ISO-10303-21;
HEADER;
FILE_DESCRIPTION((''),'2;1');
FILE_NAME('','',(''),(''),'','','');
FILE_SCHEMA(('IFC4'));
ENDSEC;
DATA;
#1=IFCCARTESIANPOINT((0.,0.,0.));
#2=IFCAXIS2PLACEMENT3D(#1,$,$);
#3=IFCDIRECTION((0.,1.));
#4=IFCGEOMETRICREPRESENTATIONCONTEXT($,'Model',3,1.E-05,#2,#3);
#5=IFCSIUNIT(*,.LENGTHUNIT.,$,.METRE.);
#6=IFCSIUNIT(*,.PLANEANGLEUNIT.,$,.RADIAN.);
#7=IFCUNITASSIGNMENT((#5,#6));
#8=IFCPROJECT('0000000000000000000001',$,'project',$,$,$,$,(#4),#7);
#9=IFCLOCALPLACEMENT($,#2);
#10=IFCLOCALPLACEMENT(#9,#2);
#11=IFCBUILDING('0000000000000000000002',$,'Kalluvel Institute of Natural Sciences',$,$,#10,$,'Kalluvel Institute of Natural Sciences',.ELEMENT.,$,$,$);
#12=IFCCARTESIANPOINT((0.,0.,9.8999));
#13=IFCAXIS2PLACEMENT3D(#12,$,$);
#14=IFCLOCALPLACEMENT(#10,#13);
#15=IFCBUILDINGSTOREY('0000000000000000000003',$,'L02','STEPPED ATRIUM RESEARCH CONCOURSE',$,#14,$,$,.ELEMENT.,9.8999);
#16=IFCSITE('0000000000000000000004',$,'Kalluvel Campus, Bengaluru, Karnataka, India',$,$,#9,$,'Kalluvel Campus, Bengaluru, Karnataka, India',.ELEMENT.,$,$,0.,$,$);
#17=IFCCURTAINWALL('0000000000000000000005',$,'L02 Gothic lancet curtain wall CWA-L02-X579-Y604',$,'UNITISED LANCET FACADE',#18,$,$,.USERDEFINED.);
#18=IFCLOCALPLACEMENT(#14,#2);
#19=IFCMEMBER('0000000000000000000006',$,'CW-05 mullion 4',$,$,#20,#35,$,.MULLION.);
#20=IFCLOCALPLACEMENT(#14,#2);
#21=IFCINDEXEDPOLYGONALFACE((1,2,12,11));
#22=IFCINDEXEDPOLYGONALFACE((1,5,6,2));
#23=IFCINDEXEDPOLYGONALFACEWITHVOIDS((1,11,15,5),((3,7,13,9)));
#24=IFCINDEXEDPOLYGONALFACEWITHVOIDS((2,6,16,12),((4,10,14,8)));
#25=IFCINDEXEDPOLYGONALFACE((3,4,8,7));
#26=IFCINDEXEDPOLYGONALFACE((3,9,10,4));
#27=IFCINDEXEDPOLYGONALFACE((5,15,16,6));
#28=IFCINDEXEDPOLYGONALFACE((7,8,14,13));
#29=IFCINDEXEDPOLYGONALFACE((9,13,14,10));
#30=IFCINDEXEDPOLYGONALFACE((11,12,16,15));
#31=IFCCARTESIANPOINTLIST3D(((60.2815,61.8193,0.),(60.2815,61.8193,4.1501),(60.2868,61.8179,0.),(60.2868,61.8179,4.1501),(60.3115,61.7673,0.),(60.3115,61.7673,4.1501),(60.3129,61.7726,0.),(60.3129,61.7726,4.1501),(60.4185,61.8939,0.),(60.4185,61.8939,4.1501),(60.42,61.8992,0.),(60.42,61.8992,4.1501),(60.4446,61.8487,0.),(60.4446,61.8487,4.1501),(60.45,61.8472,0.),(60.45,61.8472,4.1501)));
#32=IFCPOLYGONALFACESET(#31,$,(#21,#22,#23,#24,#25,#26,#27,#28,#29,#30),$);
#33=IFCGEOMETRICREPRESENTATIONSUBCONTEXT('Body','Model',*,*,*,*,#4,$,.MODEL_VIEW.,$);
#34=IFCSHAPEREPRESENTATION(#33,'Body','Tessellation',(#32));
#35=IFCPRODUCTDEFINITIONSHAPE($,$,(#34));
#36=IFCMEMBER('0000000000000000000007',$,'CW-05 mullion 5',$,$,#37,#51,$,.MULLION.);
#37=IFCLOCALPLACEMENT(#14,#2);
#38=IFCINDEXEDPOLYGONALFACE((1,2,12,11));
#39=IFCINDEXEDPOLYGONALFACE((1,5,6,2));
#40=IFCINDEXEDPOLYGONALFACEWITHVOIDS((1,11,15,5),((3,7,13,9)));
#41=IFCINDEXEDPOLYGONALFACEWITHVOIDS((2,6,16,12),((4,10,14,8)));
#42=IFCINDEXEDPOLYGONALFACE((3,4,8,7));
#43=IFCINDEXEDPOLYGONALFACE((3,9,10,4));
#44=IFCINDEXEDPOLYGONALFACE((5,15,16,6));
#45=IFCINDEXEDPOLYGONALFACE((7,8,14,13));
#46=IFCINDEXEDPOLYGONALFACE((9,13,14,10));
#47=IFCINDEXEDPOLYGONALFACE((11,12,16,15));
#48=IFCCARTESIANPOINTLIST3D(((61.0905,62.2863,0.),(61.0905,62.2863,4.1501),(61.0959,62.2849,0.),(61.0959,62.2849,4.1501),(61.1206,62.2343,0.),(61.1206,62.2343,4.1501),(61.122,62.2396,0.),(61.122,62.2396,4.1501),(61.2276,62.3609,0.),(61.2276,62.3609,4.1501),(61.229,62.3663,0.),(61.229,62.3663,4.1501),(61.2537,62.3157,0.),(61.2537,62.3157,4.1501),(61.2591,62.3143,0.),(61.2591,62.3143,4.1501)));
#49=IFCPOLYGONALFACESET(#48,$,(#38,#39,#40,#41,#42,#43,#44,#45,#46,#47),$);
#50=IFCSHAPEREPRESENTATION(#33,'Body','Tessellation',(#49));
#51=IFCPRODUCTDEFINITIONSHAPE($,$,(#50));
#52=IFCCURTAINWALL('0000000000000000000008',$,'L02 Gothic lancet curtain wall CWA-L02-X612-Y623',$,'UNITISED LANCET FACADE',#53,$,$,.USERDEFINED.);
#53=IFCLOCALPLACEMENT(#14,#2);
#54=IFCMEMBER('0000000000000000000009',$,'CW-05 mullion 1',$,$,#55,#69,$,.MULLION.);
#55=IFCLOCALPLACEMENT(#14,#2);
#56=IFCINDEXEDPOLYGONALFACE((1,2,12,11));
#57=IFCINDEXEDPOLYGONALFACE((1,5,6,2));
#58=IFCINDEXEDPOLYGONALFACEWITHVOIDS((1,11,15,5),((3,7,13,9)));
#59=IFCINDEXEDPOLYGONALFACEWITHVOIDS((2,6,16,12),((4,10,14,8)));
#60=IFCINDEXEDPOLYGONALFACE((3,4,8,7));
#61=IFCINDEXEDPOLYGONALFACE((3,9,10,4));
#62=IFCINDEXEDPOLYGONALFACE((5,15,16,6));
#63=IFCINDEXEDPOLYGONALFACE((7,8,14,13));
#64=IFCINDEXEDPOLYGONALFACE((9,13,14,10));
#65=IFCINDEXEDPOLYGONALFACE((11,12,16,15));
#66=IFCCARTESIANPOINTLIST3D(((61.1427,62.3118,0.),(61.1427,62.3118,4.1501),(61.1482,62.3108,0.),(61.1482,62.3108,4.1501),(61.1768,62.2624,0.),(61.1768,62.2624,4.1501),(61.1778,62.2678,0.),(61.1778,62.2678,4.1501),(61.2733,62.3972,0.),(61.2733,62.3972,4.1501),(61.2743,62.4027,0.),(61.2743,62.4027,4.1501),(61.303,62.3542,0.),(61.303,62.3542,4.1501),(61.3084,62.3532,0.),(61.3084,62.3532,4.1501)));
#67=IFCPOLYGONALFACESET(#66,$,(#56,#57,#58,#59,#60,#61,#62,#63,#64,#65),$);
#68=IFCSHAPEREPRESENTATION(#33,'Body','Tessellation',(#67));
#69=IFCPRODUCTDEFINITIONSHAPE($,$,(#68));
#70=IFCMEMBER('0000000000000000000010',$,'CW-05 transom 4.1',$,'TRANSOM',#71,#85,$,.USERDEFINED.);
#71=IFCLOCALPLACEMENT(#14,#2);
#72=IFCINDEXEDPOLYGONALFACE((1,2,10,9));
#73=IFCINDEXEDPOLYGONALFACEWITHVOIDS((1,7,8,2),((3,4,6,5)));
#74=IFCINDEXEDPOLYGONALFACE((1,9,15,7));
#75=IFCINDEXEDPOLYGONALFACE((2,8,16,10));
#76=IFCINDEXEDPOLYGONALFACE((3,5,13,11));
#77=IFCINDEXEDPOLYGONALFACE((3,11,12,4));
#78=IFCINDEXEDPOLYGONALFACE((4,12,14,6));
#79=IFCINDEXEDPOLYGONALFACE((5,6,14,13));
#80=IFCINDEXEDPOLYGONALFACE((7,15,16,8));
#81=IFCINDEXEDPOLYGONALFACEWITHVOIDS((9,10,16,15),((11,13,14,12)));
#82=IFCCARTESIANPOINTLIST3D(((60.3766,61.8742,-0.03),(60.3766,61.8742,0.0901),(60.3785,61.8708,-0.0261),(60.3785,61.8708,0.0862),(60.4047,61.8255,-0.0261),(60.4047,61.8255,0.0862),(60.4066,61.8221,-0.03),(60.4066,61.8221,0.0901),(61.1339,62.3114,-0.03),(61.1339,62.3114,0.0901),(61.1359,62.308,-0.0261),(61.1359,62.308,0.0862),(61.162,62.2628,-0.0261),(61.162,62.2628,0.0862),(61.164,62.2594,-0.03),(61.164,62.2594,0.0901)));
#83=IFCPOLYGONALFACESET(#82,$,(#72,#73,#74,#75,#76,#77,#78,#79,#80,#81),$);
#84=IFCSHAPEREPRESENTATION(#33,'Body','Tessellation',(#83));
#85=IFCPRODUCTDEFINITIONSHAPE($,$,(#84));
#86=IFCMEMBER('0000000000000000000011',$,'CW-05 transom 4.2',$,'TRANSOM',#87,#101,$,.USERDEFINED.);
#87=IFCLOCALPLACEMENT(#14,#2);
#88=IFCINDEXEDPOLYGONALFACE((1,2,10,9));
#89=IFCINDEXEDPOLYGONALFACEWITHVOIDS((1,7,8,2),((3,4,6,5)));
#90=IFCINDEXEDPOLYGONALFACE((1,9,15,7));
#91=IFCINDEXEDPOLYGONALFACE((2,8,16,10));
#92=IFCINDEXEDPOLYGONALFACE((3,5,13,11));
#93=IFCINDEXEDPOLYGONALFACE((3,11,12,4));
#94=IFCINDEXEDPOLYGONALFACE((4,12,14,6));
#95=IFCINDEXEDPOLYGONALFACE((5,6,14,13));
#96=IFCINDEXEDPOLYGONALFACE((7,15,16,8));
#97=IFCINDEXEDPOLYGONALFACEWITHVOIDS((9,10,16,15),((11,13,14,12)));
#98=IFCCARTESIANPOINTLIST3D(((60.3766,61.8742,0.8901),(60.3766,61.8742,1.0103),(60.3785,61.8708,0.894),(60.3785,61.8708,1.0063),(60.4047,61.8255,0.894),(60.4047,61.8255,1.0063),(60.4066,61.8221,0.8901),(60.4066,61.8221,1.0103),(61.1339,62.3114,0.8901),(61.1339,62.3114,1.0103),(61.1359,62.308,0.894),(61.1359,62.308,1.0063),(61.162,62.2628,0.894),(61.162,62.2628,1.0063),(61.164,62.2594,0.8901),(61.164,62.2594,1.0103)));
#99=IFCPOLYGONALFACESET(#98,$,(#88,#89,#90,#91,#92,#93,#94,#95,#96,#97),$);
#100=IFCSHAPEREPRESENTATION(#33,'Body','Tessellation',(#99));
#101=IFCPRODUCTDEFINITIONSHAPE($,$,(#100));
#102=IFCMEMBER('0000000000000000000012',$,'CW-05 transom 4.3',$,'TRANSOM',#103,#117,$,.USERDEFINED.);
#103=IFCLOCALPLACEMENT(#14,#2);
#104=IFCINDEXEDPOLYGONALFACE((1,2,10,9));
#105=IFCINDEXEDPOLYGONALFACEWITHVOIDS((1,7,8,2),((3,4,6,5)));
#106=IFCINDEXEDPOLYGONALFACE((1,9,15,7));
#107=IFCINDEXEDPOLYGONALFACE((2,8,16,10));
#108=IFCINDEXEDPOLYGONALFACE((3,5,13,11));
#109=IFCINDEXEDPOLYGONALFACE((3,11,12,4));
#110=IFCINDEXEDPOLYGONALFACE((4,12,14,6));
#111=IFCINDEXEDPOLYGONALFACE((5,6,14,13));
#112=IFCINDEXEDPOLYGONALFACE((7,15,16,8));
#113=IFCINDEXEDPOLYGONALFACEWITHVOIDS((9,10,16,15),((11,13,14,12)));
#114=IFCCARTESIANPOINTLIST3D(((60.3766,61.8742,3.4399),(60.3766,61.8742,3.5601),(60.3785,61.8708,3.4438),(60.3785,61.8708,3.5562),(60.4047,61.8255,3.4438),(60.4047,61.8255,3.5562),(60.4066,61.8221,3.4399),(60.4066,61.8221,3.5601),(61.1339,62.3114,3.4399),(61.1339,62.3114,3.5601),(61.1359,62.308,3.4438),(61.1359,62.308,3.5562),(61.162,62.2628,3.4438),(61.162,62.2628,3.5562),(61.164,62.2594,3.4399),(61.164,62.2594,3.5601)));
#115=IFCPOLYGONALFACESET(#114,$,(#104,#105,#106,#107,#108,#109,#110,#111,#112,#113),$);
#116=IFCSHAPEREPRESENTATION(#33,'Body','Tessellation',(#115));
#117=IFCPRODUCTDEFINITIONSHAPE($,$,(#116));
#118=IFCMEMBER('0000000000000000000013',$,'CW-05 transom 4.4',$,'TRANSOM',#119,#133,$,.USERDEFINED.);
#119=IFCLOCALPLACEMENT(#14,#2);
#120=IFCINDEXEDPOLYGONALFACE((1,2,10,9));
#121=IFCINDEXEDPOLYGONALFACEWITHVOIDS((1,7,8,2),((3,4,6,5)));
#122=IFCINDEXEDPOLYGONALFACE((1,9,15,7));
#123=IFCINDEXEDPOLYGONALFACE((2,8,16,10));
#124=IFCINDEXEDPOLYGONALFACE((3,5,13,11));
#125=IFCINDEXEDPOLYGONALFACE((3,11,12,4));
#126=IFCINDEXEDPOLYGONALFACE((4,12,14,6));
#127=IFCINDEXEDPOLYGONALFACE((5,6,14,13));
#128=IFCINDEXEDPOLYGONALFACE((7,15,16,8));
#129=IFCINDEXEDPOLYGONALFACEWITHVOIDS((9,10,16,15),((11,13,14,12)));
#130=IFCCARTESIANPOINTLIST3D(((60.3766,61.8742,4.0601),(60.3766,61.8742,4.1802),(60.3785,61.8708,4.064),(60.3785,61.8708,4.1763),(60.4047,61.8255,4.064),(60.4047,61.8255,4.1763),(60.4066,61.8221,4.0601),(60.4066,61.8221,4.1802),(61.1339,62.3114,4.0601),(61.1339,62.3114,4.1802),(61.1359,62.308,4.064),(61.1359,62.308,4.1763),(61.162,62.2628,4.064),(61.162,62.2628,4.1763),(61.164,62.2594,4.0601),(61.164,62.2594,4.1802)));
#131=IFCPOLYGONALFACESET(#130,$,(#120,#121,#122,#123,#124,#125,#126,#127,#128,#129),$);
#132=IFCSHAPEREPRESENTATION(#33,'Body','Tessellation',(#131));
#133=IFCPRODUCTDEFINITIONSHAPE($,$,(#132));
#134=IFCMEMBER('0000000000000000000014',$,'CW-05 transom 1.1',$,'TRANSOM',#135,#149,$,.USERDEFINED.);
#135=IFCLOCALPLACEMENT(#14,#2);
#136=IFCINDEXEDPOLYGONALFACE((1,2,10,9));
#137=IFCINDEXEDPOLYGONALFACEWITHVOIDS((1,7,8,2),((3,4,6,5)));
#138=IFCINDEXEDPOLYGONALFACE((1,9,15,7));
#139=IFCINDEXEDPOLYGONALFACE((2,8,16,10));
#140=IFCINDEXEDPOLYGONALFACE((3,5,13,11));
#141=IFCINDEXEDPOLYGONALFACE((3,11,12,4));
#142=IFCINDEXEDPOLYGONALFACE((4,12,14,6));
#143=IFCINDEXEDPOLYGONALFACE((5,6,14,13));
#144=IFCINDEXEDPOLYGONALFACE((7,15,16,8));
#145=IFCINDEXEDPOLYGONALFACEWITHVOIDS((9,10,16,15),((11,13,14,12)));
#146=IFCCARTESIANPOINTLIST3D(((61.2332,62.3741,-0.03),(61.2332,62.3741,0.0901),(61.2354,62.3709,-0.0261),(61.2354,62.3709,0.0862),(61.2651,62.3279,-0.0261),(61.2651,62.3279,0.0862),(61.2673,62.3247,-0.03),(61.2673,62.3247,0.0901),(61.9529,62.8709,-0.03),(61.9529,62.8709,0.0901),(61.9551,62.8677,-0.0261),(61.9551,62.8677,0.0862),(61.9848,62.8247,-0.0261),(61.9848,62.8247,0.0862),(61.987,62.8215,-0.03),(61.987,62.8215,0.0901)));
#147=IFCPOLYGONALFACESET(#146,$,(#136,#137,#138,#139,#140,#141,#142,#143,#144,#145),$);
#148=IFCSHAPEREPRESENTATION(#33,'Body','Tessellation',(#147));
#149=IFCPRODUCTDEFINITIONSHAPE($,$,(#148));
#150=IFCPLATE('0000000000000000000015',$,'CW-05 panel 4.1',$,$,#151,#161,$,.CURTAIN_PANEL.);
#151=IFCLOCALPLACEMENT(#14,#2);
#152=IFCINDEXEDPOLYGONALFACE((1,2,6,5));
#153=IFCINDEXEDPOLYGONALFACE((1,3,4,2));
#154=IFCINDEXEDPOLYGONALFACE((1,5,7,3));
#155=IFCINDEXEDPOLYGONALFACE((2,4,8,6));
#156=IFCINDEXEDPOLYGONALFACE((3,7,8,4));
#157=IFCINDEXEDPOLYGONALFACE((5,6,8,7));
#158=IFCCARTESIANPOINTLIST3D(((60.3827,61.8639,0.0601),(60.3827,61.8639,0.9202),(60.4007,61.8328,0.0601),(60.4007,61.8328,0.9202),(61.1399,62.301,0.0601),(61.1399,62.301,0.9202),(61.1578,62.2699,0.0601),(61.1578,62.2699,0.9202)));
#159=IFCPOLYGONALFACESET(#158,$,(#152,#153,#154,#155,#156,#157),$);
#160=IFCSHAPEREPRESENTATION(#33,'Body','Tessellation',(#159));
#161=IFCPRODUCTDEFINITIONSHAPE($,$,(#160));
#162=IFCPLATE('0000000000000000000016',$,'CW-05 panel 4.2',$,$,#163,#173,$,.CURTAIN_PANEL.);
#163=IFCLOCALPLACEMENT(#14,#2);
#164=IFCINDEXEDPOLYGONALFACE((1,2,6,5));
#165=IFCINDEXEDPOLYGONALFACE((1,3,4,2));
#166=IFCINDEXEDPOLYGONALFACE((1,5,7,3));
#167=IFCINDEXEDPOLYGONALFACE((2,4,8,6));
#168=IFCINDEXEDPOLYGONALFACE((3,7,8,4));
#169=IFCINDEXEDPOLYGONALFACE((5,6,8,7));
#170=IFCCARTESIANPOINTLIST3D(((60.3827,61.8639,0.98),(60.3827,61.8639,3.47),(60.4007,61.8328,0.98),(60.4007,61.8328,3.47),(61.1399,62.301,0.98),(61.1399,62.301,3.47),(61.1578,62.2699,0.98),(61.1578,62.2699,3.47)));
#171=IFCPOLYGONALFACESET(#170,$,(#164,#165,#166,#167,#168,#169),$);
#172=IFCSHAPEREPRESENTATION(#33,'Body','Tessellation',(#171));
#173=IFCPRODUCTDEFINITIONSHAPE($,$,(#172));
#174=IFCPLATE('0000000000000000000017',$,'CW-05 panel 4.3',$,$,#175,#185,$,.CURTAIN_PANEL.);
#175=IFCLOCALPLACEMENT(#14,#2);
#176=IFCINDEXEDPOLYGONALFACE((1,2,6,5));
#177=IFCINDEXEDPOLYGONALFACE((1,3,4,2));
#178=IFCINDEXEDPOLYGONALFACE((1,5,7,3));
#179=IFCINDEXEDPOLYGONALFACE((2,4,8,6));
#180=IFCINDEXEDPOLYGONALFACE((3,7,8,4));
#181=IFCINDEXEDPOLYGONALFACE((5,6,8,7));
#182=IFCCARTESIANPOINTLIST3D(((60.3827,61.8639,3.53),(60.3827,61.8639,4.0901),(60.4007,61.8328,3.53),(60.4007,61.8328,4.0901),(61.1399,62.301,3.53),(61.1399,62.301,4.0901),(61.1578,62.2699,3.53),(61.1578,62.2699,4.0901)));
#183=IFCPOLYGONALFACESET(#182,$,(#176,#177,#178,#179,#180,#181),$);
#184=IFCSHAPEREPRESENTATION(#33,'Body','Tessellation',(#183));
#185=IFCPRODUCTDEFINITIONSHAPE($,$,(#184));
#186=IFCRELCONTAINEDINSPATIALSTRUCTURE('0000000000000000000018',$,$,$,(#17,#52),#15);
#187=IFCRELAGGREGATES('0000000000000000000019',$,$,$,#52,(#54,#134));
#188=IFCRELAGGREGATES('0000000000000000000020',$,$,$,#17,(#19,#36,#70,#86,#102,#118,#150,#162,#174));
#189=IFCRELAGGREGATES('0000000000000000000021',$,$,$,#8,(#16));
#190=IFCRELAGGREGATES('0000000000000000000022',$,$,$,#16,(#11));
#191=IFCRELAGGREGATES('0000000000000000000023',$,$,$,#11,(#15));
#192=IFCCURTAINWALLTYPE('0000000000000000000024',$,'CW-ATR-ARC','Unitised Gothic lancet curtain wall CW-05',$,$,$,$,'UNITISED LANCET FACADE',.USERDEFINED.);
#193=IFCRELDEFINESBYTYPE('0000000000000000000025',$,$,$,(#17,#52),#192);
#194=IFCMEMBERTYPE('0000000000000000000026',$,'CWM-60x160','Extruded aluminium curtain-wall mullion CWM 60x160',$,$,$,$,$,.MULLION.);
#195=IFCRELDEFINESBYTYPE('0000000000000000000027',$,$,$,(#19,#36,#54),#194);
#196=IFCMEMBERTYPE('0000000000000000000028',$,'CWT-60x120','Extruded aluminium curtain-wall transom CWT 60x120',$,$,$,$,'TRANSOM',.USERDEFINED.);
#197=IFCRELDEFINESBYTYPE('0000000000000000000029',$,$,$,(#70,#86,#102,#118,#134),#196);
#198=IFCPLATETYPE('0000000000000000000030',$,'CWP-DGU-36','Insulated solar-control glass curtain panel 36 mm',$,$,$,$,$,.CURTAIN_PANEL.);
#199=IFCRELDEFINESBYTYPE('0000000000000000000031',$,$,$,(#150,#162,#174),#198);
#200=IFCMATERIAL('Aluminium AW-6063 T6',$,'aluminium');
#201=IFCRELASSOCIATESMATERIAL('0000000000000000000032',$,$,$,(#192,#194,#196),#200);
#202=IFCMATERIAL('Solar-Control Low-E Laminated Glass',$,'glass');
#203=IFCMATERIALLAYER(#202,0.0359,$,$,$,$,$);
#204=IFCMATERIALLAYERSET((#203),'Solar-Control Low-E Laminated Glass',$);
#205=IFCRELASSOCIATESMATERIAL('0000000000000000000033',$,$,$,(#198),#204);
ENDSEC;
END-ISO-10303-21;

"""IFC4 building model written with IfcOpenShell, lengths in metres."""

from ifc_helpers import new_model, si_unit, direction, frame, origin, origin_2d, place, context, subcontext, project, spatial, rectangle, hollow_rectangle, extrude, material, layer, layer_set, material_profile, profile_set, type_object, element, aggregate, save


model = new_model("IFC4")

# Units and contexts
model_context = context("Model", 3, precision=1e-05, world=origin(), true_north=direction((0.0, 1.0)))
body_context = subcontext(model_context, "Body", "Model", "MODEL_VIEW")
ifc_project = project(units=[si_unit("LENGTHUNIT", "METRE"), si_unit("PLANEANGLEUNIT", "RADIAN")], contexts=[model_context])

# Site, building, storey
site_placement = place(None, origin())
site = spatial("IfcSite", under=ifc_project, at=site_placement, Name="Kalluvel Campus, Bengaluru, Karnataka, India", LongName="Kalluvel Campus, Bengaluru, Karnataka, India", CompositionType="ELEMENT", RefElevation=0.0)
building_placement = place(site_placement, origin())
building = spatial("IfcBuilding", under=site, at=building_placement, Name="Kalluvel Institute of Natural Sciences", LongName="Kalluvel Institute of Natural Sciences", CompositionType="ELEMENT")
storey_placement = place(building_placement, frame((0.0, 0.0, 9.8999)))
storey = spatial("IfcBuildingStorey", under=building, at=storey_placement, Name="L02", Description="STEPPED ATRIUM RESEARCH CONCOURSE", CompositionType="ELEMENT", Elevation=9.8999)

# Curtain wall, members
ifc_material_1 = material(Name="Aluminium AW-6063 T6", Category="aluminium")
curtain_wall_type = type_object("IfcCurtainWallType", Name="CW-ATR-ARC", Description="Unitised Gothic lancet curtain wall CW-05", ElementType="UNITISED LANCET FACADE", PredefinedType="USERDEFINED", material=ifc_material_1)
curtain_wall_1_placement = place(storey_placement, origin())
curtain_wall_1 = element("IfcCurtainWall", 1, at=curtain_wall_1_placement, inside=storey, type_object=curtain_wall_type, Name="L02 Gothic lancet curtain wall CWA-L02-X579-Y604", ObjectType="UNITISED LANCET FACADE", PredefinedType="USERDEFINED")
ifc_material_profile_1 = material_profile(ifc_material_1, hollow_rectangle(XDim=0.0601, YDim=0.1599, WallThickness=0.0039, at=origin_2d()), Name="CWM 60x160")
ifc_profile_set_1 = profile_set([ifc_material_profile_1], Name="Aluminium AW-6063 T6")
member_type_1 = type_object("IfcMemberType", Name="CWM-60x160", Description="Extruded aluminium curtain-wall mullion CWM 60x160", PredefinedType="MULLION", material=ifc_profile_set_1)
member_1_placement = place(storey_placement, frame((60.3657, 61.8333, 0.0), z_axis=(0.0, 0.0, 1.0), x_axis=(-0.499989, 0.866031, 0.0)))
member_1 = element("IfcMember", 2, at=member_1_placement, type_object=member_type_1, Name="CW-05 mullion 4", PredefinedType="MULLION", context=body_context, shape_type="SweptSolid", body=[
    extrude(hollow_rectangle(XDim=0.0601, YDim=0.1599, WallThickness=0.0039, at=origin_2d()), origin(), (0.0, 0.0, 1.0), 4.1501),
])
member_2_placement = place(storey_placement, frame((61.1748, 62.3003, 0.0), z_axis=(0.0, 0.0, 1.0), x_axis=(-0.499989, 0.866031, 0.0)))
member_2 = element("IfcMember", 3, at=member_2_placement, type_object=member_type_1, Name="CW-05 mullion 5", PredefinedType="MULLION", context=body_context, shape_type="SweptSolid", body=[
    extrude(hollow_rectangle(XDim=0.0601, YDim=0.1599, WallThickness=0.0039, at=origin_2d()), origin(), (0.0, 0.0, 1.0), 4.1501),
])

# Curtain wall, member
curtain_wall_2_placement = place(storey_placement, origin())
curtain_wall_2 = element("IfcCurtainWall", 4, at=curtain_wall_2_placement, inside=storey, type_object=curtain_wall_type, Name="L02 Gothic lancet curtain wall CWA-L02-X612-Y623", ObjectType="UNITISED LANCET FACADE", PredefinedType="USERDEFINED")
member_3_placement = place(storey_placement, frame((61.2256, 62.3325, 0.0), z_axis=(0.0, 0.0, 1.0), x_axis=(-0.568058, 0.822988, 0.0)))
member_3 = element("IfcMember", 5, at=member_3_placement, type_object=member_type_1, Name="CW-05 mullion 1", PredefinedType="MULLION", context=body_context, shape_type="SweptSolid", body=[
    extrude(hollow_rectangle(XDim=0.0601, YDim=0.1599, WallThickness=0.0039, at=origin_2d()), origin(), (0.0, 0.0, 1.0), 4.1501),
])

# Members
ifc_material_profile_2 = material_profile(ifc_material_1, hollow_rectangle(XDim=0.0601, YDim=0.1201, WallThickness=0.0039, at=origin_2d()), Name="CWT 60x120")
ifc_profile_set_2 = profile_set([ifc_material_profile_2], Name="Aluminium AW-6063 T6")
member_type_2 = type_object("IfcMemberType", Name="CWT-60x120", Description="Extruded aluminium curtain-wall transom CWT 60x120", ElementType="TRANSOM", PredefinedType="USERDEFINED", material=ifc_profile_set_2)
member_4_placement = place(storey_placement, frame((60.3916, 61.8481, 0.03), z_axis=(0.866018, 0.500012, 0.0), x_axis=(-0.500012, 0.866018, 0.0)))
member_4 = element("IfcMember", 6, at=member_4_placement, type_object=member_type_2, Name="CW-05 transom 4.1", ObjectType="TRANSOM", PredefinedType="USERDEFINED", context=body_context, shape_type="SweptSolid", body=[
    extrude(hollow_rectangle(XDim=0.0601, YDim=0.1201, WallThickness=0.0039, at=origin_2d()), origin(), (0.0, 0.0, 1.0), 0.8745),
])
member_5_placement = place(storey_placement, frame((60.3916, 61.8481, 0.9502), z_axis=(0.866018, 0.500012, 0.0), x_axis=(-0.500012, 0.866018, 0.0)))
member_5 = element("IfcMember", 7, at=member_5_placement, type_object=member_type_2, Name="CW-05 transom 4.2", ObjectType="TRANSOM", PredefinedType="USERDEFINED", context=body_context, shape_type="SweptSolid", body=[
    extrude(hollow_rectangle(XDim=0.0601, YDim=0.1201, WallThickness=0.0039, at=origin_2d()), origin(), (0.0, 0.0, 1.0), 0.8745),
])
member_6_placement = place(storey_placement, frame((60.3916, 61.8481, 3.5), z_axis=(0.866018, 0.500012, 0.0), x_axis=(-0.500012, 0.866018, 0.0)))
member_6 = element("IfcMember", 8, at=member_6_placement, type_object=member_type_2, Name="CW-05 transom 4.3", ObjectType="TRANSOM", PredefinedType="USERDEFINED", context=body_context, shape_type="SweptSolid", body=[
    extrude(hollow_rectangle(XDim=0.0601, YDim=0.1201, WallThickness=0.0039, at=origin_2d()), origin(), (0.0, 0.0, 1.0), 0.8745),
])
member_7_placement = place(storey_placement, frame((60.3916, 61.8481, 4.1201), z_axis=(0.866018, 0.500012, 0.0), x_axis=(-0.500012, 0.866018, 0.0)))
member_7 = element("IfcMember", 9, at=member_7_placement, type_object=member_type_2, Name="CW-05 transom 4.4", ObjectType="TRANSOM", PredefinedType="USERDEFINED", context=body_context, shape_type="SweptSolid", body=[
    extrude(hollow_rectangle(XDim=0.0601, YDim=0.1201, WallThickness=0.0039, at=origin_2d()), origin(), (0.0, 0.0, 1.0), 0.8745),
])
member_8_placement = place(storey_placement, frame((61.2502, 62.3494, 0.03), z_axis=(0.822965, 0.568092, 0.0), x_axis=(-0.568092, 0.822965, 0.0)))
member_8 = element("IfcMember", 10, at=member_8_placement, type_object=member_type_2, Name="CW-05 transom 1.1", ObjectType="TRANSOM", PredefinedType="USERDEFINED", context=body_context, shape_type="SweptSolid", body=[
    extrude(hollow_rectangle(XDim=0.0601, YDim=0.1201, WallThickness=0.0039, at=origin_2d()), origin(), (0.0, 0.0, 1.0), 0.8745),
])
aggregate(curtain_wall_2, [member_3, member_8])

# Plates
ifc_material_2 = material(Name="Solar-Control Low-E Laminated Glass", Category="glass")
ifc_layer = layer(ifc_material_2, 0.0359)
ifc_layer_set = layer_set([ifc_layer], Name="Solar-Control Low-E Laminated Glass")
plate_type = type_object("IfcPlateType", Name="CWP-DGU-36", Description="Insulated solar-control glass curtain panel 36 mm", PredefinedType="CURTAIN_PANEL", material=ifc_layer_set)
plate_1_placement = place(storey_placement, frame((60.7703, 62.0669, 0.0601), z_axis=(0.0, 0.0, 1.0), x_axis=(0.866031, 0.499989, 0.0)))
plate_1 = element("IfcPlate", 11, at=plate_1_placement, type_object=plate_type, Name="CW-05 panel 4.1", PredefinedType="CURTAIN_PANEL", context=body_context, shape_type="SweptSolid", body=[
    extrude(rectangle(XDim=0.8743, YDim=0.0359, at=origin_2d()), origin(), (0.0, 0.0, 1.0), 0.8601),
])
plate_2_placement = place(storey_placement, frame((60.7703, 62.0669, 0.98), z_axis=(0.0, 0.0, 1.0), x_axis=(0.866031, 0.499989, 0.0)))
plate_2 = element("IfcPlate", 12, at=plate_2_placement, type_object=plate_type, Name="CW-05 panel 4.2", PredefinedType="CURTAIN_PANEL", context=body_context, shape_type="SweptSolid", body=[
    extrude(rectangle(XDim=0.8743, YDim=0.0359, at=origin_2d()), origin(), (0.0, 0.0, 1.0), 2.49),
])
plate_3_placement = place(storey_placement, frame((60.7703, 62.0669, 3.53), z_axis=(0.0, 0.0, 1.0), x_axis=(0.866031, 0.499989, 0.0)))
plate_3 = element("IfcPlate", 13, at=plate_3_placement, type_object=plate_type, Name="CW-05 panel 4.3", PredefinedType="CURTAIN_PANEL", context=body_context, shape_type="SweptSolid", body=[
    extrude(rectangle(XDim=0.8743, YDim=0.0359, at=origin_2d()), origin(), (0.0, 0.0, 1.0), 0.5601),
])
aggregate(curtain_wall_1, [member_1, member_2, member_4, member_5, member_6, member_7, plate_1, plate_2, plate_3])

save(model, "model.ifc")
